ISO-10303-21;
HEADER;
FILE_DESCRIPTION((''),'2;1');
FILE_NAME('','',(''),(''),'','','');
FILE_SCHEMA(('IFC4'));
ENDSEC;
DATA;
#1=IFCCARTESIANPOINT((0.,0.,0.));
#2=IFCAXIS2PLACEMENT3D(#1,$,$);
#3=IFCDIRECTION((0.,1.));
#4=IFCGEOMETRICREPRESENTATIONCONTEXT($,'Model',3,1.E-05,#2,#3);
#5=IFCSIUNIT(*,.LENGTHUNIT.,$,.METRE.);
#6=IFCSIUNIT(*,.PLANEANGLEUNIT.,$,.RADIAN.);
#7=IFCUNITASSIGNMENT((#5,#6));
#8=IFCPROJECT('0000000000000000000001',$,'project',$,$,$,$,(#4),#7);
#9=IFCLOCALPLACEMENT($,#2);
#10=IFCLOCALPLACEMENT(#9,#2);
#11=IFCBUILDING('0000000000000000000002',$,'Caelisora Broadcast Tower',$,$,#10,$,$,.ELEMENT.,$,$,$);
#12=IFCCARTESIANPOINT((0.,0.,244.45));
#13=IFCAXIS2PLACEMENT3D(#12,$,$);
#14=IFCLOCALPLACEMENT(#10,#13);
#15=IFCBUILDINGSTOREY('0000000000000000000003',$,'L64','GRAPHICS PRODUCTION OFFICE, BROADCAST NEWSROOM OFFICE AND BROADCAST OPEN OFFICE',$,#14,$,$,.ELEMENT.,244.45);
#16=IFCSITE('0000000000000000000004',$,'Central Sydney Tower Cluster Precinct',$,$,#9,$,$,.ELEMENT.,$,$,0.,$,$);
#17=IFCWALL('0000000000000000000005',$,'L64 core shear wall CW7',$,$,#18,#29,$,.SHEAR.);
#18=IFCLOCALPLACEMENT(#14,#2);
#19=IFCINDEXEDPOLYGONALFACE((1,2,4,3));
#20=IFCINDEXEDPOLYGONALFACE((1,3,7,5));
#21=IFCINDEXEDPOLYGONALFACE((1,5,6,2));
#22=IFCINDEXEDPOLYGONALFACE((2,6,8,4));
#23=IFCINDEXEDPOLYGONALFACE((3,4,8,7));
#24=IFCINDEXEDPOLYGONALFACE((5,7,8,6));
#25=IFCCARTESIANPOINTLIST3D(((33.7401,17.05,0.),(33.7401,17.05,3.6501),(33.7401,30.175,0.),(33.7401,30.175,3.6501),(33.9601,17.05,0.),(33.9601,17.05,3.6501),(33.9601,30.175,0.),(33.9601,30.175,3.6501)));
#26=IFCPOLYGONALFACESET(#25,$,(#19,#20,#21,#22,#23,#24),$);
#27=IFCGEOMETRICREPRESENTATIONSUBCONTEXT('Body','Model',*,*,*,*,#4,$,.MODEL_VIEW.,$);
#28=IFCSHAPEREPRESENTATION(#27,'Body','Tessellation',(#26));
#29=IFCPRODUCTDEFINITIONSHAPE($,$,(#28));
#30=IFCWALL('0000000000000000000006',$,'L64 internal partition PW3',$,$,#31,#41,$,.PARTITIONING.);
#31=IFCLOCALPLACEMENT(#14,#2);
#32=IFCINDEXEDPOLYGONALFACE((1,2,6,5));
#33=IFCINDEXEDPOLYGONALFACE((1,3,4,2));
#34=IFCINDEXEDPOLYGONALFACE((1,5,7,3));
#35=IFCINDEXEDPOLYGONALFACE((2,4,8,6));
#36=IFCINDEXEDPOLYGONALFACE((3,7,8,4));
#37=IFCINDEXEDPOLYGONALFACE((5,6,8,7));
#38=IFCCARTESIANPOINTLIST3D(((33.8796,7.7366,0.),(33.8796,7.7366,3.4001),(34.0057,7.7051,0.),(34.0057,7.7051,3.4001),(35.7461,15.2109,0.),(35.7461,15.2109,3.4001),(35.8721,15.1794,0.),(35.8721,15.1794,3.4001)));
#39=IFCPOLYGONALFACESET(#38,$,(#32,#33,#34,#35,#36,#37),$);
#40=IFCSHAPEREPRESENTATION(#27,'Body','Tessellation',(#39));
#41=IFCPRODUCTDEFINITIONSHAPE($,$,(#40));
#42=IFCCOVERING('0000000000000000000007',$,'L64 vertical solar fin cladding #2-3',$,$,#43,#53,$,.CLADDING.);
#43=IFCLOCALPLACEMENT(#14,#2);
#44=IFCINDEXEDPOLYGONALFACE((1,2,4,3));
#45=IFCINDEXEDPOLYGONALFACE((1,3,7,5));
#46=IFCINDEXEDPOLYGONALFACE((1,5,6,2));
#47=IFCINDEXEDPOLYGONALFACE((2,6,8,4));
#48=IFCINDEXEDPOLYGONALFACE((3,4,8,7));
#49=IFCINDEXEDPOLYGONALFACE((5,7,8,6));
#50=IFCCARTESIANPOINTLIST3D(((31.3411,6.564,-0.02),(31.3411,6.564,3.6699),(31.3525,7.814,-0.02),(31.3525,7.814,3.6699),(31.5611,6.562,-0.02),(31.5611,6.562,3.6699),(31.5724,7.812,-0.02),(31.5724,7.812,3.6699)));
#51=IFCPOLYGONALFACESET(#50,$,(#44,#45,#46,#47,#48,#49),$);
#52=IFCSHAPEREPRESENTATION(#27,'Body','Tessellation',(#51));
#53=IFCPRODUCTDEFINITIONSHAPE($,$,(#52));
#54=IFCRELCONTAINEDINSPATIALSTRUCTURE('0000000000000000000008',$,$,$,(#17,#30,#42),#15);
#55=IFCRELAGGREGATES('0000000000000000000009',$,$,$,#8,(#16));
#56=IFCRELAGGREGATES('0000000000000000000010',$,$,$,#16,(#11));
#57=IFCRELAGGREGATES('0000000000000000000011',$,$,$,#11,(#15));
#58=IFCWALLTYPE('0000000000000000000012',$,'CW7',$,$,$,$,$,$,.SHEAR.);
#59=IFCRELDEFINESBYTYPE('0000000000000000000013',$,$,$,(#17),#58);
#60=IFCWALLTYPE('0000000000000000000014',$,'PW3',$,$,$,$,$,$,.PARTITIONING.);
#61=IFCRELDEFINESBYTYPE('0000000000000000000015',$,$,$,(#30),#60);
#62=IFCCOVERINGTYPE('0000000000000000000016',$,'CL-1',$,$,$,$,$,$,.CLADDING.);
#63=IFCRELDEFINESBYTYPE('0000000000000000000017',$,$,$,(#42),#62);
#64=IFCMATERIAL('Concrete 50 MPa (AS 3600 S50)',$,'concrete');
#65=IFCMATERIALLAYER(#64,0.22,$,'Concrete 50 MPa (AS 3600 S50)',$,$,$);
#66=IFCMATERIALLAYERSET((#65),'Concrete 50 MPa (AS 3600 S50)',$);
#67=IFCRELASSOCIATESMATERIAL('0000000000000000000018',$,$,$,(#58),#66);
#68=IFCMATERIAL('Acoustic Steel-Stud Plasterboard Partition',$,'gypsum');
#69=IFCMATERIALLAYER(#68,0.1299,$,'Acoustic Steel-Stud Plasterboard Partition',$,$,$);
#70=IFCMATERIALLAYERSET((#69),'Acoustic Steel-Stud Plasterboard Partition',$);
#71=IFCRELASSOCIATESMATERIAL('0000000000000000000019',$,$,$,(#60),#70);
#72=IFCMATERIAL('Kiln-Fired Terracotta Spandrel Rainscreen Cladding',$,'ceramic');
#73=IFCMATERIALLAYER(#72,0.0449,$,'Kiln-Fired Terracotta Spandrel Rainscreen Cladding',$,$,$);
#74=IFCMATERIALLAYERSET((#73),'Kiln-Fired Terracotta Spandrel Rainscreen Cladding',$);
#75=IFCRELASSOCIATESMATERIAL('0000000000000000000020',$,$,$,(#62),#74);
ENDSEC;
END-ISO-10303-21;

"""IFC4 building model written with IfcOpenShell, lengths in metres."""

from ifc_helpers import new_model, si_unit, direction, frame, frame_2d, origin, origin_2d, place, context, subcontext, project, spatial, rectangle, extrude, source, transform, mapped, material, layer, layer_set, type_object, type_shapes, element, save


model = new_model("IFC4")

# Units and contexts
model_context = context("Model", 3, precision=1e-05, world=origin(), true_north=direction((0.0, 1.0)))
body_context = subcontext(model_context, "Body", "Model", "MODEL_VIEW")
ifc_project = project(units=[si_unit("LENGTHUNIT", "METRE"), si_unit("PLANEANGLEUNIT", "RADIAN")], contexts=[model_context])

# Site, building, storey
site_placement = place(None, origin())
site = spatial("IfcSite", under=ifc_project, at=site_placement, Name="Central Sydney Tower Cluster Precinct", CompositionType="ELEMENT", RefElevation=0.0)
building_placement = place(site_placement, origin())
building = spatial("IfcBuilding", under=site, at=building_placement, Name="Caelisora Broadcast Tower", CompositionType="ELEMENT")
storey_placement = place(building_placement, frame((0.0, 0.0, 244.45)))
storey = spatial("IfcBuildingStorey", under=building, at=storey_placement, Name="L64", Description="GRAPHICS PRODUCTION OFFICE, BROADCAST NEWSROOM OFFICE AND BROADCAST OPEN OFFICE", CompositionType="ELEMENT", Elevation=244.45)

# Walls
ifc_material_1 = material(Name="Concrete 50 MPa (AS 3600 S50)", Category="concrete")
ifc_layer_1 = layer(ifc_material_1, 0.22, Name="Concrete 50 MPa (AS 3600 S50)")
ifc_layer_set_1 = layer_set([ifc_layer_1], Name="Concrete 50 MPa (AS 3600 S50)")
wall_type_1 = type_object("IfcWallType", Name="CW7", PredefinedType="SHEAR", material=ifc_layer_set_1)
wall_1_placement = place(storey_placement, frame((33.8501, 17.05, 0.0), z_axis=(0.0, 0.0, 1.0), x_axis=(0.0, 1.0, 0.0)))
element("IfcWall", 1, at=wall_1_placement, inside=storey, type_object=wall_type_1, Name="L64 core shear wall CW7", PredefinedType="SHEAR", context=body_context, shape_type="SweptSolid", body=[
    extrude(rectangle(XDim=13.125, YDim=0.22, at=frame_2d((6.5625, 0.0))), origin(), (0.0, 0.0, 1.0), 3.6501),
])
ifc_material_2 = material(Name="Acoustic Steel-Stud Plasterboard Partition", Category="gypsum")
ifc_layer_2 = layer(ifc_material_2, 0.1299, Name="Acoustic Steel-Stud Plasterboard Partition")
ifc_layer_set_2 = layer_set([ifc_layer_2], Name="Acoustic Steel-Stud Plasterboard Partition")
wall_type_2 = type_object("IfcWallType", Name="PW3", PredefinedType="PARTITIONING", material=ifc_layer_set_2)
wall_2_placement = place(storey_placement, frame((33.9426, 7.7207, 0.0), z_axis=(0.0, 0.0, 1.0), x_axis=(0.242275, 0.970208, 0.0)))
element("IfcWall", 2, at=wall_2_placement, inside=storey, type_object=wall_type_2, Name="L64 internal partition PW3", PredefinedType="PARTITIONING", context=body_context, shape_type="SweptSolid", body=[
    extrude(rectangle(XDim=7.7039, YDim=0.1299, at=frame_2d((3.8521, 0.0))), origin(), (0.0, 0.0, 1.0), 3.4001),
])

# Covering
ifc_material_3 = material(Name="Kiln-Fired Terracotta Spandrel Rainscreen Cladding", Category="ceramic")
ifc_layer_3 = layer(ifc_material_3, 0.0449, Name="Kiln-Fired Terracotta Spandrel Rainscreen Cladding")
ifc_layer_set_3 = layer_set([ifc_layer_3], Name="Kiln-Fired Terracotta Spandrel Rainscreen Cladding")
covering_type = type_object("IfcCoveringType", Name="CL-1", PredefinedType="CLADDING", material=ifc_layer_set_3)
shared_shape_1 = source(origin(), body_context, "Body", "SweptSolid", [
    extrude(rectangle(XDim=0.22, YDim=1.25, at=origin_2d()), origin(), (0.0, 0.0, 1.0), 3.6899),
])
type_shapes(covering_type, [shared_shape_1])
covering_placement = place(storey_placement, frame((31.4568, 7.188, -0.02), z_axis=(0.0, 0.0, 1.0), x_axis=(-0.999959, 0.009076, 0.0)))
element("IfcCovering", 3, at=covering_placement, inside=storey, type_object=covering_type, Name="L64 vertical solar fin cladding #2-3", PredefinedType="CLADDING", context=body_context, shape_type="MappedRepresentation", body=[
    mapped(shared_shape_1, transform((0.0, 0.0, 0.0), scale=1.0)),
])

save(model, "model.ifc")
